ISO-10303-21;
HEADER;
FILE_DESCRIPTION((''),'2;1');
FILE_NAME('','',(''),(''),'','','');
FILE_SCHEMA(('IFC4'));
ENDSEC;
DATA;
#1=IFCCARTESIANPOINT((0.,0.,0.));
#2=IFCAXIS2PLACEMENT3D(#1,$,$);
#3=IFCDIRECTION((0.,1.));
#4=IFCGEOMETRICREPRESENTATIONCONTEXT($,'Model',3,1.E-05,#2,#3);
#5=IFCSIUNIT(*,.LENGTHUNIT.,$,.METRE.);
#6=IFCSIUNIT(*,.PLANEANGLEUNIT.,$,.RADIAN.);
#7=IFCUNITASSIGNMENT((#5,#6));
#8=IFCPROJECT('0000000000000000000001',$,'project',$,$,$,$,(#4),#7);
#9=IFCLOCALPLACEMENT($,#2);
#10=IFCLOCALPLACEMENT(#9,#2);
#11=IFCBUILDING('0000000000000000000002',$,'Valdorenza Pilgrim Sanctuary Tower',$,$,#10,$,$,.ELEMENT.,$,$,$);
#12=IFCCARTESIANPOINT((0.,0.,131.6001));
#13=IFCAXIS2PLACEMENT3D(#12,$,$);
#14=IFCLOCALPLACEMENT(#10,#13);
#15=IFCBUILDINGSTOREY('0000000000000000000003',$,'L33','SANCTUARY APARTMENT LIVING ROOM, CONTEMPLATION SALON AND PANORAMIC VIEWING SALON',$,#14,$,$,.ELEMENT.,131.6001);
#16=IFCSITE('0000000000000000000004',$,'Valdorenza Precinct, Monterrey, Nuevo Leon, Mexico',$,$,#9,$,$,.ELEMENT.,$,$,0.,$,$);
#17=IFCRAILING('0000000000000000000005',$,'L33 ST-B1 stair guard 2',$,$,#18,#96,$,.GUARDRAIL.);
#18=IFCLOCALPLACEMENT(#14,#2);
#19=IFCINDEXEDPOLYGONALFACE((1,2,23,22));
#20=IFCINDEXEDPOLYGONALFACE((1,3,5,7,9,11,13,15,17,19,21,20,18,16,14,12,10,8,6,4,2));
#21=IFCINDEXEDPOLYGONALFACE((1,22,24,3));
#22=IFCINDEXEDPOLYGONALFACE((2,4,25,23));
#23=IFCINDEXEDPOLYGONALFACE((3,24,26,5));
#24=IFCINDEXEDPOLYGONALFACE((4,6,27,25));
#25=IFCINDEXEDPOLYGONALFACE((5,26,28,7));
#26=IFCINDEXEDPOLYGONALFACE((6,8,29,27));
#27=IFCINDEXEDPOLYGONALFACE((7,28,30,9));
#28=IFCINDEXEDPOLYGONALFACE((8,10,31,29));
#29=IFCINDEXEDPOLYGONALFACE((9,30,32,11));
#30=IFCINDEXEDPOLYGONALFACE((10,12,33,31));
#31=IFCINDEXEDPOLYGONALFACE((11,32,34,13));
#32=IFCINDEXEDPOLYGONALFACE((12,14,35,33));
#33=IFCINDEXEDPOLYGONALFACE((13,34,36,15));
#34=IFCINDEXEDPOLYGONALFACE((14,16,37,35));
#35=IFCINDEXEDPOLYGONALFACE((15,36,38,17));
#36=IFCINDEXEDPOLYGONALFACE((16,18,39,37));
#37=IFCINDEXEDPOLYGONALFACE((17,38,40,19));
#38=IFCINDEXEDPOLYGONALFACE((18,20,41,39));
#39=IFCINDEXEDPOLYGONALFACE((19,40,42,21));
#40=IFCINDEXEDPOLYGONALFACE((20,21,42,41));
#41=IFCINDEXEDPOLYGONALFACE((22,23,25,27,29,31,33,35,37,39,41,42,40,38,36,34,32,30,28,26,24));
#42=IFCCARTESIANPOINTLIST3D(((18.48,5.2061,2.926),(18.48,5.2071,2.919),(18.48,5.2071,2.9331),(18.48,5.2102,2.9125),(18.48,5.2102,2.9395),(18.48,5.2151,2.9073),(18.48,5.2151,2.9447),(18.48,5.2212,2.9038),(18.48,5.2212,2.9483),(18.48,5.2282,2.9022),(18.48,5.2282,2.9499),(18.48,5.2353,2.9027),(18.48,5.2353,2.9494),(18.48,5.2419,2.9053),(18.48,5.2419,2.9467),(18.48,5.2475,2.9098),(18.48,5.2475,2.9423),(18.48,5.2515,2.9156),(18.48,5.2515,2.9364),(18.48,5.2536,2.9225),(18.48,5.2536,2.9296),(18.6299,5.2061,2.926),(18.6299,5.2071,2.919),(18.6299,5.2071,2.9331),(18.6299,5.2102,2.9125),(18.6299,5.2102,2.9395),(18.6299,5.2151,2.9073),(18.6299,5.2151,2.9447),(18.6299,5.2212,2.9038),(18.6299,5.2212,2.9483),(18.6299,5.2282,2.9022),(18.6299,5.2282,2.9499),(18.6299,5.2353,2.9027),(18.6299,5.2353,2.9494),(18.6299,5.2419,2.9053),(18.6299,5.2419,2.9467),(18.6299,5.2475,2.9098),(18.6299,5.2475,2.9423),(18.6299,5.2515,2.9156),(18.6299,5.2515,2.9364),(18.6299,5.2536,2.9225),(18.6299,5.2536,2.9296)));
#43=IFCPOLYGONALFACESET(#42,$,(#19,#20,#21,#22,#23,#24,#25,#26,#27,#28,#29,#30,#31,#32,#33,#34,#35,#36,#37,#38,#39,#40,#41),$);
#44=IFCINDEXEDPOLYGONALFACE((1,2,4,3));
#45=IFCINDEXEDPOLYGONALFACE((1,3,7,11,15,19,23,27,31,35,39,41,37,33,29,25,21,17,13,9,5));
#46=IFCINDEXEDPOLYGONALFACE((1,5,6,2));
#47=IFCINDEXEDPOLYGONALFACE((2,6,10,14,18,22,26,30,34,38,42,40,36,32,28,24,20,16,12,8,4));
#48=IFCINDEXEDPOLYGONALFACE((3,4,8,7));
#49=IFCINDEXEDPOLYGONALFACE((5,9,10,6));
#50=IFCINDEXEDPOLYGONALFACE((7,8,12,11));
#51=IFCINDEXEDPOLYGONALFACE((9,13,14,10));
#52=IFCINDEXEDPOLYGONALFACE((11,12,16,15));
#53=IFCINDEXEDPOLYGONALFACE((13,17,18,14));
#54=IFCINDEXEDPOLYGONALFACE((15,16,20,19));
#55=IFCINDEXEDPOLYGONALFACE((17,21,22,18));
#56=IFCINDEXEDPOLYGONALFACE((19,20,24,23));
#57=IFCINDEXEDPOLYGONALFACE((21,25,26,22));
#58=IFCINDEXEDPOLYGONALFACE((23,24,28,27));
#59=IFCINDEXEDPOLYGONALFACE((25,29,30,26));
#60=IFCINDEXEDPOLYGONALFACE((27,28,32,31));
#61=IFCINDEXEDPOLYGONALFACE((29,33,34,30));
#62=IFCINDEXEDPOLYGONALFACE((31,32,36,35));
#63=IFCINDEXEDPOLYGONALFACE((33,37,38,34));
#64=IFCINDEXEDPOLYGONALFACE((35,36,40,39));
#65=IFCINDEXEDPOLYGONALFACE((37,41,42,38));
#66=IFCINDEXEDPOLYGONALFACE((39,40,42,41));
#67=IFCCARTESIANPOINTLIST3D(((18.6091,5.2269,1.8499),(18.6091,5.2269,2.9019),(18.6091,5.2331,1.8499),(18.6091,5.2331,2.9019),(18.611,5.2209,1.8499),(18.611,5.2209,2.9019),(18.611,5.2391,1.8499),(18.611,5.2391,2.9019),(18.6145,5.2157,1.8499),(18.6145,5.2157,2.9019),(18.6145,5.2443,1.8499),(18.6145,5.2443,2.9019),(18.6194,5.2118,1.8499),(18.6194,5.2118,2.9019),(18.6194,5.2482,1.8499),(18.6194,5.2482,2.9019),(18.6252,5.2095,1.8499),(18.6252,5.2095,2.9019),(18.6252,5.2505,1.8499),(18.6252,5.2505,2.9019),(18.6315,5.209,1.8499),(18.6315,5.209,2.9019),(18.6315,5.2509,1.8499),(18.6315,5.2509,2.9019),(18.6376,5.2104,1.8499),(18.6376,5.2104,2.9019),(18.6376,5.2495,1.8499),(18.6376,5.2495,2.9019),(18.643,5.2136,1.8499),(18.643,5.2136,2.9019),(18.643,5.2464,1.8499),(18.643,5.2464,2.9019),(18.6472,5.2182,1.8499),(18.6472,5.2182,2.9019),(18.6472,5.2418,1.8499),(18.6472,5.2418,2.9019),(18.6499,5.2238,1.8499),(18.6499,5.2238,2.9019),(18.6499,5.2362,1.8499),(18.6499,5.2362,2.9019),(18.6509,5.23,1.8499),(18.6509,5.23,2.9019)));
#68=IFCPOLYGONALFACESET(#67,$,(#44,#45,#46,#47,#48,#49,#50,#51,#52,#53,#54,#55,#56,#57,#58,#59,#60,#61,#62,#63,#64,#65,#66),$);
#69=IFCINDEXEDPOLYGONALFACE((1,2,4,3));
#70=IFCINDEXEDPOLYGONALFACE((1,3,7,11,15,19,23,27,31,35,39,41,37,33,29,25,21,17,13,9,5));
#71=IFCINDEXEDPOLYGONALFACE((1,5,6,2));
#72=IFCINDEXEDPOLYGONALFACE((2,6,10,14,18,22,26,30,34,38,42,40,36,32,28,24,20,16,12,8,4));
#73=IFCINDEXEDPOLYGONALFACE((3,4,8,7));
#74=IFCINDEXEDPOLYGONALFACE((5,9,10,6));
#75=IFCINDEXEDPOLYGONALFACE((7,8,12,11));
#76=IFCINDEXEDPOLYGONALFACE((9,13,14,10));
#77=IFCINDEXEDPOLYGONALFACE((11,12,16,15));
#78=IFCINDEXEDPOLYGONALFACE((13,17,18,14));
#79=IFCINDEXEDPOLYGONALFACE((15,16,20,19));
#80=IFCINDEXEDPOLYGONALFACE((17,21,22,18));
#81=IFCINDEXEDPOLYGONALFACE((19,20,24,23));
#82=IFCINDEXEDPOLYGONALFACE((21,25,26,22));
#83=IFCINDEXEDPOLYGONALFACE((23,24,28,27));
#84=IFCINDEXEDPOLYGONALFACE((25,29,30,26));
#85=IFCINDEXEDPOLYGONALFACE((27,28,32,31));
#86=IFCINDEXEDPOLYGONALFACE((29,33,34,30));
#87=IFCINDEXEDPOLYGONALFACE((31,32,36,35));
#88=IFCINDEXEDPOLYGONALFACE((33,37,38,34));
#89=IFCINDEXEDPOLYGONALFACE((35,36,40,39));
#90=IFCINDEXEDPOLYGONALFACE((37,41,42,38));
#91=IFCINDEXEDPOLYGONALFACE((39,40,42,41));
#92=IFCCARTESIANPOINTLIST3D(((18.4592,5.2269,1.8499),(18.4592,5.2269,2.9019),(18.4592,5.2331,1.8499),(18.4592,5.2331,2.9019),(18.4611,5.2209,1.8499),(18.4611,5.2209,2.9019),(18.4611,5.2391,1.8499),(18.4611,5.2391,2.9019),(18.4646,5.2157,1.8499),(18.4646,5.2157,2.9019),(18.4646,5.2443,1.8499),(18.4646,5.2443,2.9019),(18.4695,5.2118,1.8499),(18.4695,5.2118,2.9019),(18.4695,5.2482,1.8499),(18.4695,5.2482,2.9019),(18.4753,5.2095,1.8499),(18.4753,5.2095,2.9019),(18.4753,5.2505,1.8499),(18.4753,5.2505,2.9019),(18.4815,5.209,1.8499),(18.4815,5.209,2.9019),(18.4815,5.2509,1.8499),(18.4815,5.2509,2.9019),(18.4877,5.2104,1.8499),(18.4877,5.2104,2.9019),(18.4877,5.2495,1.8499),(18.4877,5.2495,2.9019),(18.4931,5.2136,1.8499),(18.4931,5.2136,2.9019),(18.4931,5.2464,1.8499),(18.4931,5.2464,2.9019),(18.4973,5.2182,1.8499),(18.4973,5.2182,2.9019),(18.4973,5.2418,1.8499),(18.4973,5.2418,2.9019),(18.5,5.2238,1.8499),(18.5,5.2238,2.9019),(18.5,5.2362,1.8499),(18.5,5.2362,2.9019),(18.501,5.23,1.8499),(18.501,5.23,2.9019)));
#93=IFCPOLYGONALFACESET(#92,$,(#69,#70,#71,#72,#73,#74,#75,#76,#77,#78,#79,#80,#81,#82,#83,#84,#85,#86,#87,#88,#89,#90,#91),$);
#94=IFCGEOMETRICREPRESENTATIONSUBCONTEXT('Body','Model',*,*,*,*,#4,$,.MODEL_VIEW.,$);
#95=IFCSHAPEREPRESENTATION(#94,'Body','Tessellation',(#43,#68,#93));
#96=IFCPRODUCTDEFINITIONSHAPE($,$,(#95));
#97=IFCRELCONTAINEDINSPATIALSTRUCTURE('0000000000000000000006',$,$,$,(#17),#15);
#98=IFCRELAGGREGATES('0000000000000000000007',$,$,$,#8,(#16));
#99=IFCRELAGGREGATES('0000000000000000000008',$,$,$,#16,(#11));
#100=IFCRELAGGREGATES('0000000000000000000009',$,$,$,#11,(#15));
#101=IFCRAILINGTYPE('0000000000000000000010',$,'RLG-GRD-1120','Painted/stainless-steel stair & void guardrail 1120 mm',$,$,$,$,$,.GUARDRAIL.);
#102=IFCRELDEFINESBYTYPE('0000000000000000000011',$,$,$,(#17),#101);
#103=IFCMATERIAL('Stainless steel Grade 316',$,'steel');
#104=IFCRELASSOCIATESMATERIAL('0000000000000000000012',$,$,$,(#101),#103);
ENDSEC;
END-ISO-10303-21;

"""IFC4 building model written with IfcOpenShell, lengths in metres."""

from ifc_helpers import new_model, si_unit, direction, frame, origin, origin_2d, place, context, subcontext, project, spatial, circle, extrude, material, type_object, element, save


model = new_model("IFC4")

# Units and contexts
model_context = context("Model", 3, precision=1e-05, world=origin(), true_north=direction((0.0, 1.0)))
body_context = subcontext(model_context, "Body", "Model", "MODEL_VIEW")
ifc_project = project(units=[si_unit("LENGTHUNIT", "METRE"), si_unit("PLANEANGLEUNIT", "RADIAN")], contexts=[model_context])

# Site, building, storey
site_placement = place(None, origin())
site = spatial("IfcSite", under=ifc_project, at=site_placement, Name="Valdorenza Precinct, Monterrey, Nuevo Leon, Mexico", CompositionType="ELEMENT", RefElevation=0.0)
building_placement = place(site_placement, origin())
building = spatial("IfcBuilding", under=site, at=building_placement, Name="Valdorenza Pilgrim Sanctuary Tower", CompositionType="ELEMENT")
storey_placement = place(building_placement, frame((0.0, 0.0, 131.6001)))
storey = spatial("IfcBuildingStorey", under=building, at=storey_placement, Name="L33", Description="SANCTUARY APARTMENT LIVING ROOM, CONTEMPLATION SALON AND PANORAMIC VIEWING SALON", CompositionType="ELEMENT", Elevation=131.6001)

# Railing
ifc_material_1 = material(Name="Stainless steel Grade 316", Category="steel")
railing_type_1 = type_object("IfcRailingType", Name="RLG-GRD-1120", Description="Painted/stainless-steel stair & void guardrail 1120 mm", PredefinedType="GUARDRAIL", material=ifc_material_1)
railing_1_placement = place(storey_placement, frame((18.6299, 5.23, 1.8499)))
element("IfcRailing", 1, at=railing_1_placement, inside=storey, type_object=railing_type_1, Name="L33 ST-B1 stair guard 2", PredefinedType="GUARDRAIL", context=body_context, shape_type="SweptSolid", body=[
    extrude(circle(Radius=0.0239, at=origin_2d()), frame((0.0, 0.0, 1.0762), z_axis=(-1.0, 0.0, 0.0), x_axis=(0.0, -1.0, 0.0)), (0.0, 0.0, 1.0), 0.1499),
    extrude(circle(Radius=0.021, at=origin_2d()), origin(), (0.0, 0.0, 1.0), 1.052),
    extrude(circle(Radius=0.021, at=origin_2d()), frame((-0.1499, 0.0, 0.0)), (0.0, 0.0, 1.0), 1.052),
])

save(model, "model.ifc")
